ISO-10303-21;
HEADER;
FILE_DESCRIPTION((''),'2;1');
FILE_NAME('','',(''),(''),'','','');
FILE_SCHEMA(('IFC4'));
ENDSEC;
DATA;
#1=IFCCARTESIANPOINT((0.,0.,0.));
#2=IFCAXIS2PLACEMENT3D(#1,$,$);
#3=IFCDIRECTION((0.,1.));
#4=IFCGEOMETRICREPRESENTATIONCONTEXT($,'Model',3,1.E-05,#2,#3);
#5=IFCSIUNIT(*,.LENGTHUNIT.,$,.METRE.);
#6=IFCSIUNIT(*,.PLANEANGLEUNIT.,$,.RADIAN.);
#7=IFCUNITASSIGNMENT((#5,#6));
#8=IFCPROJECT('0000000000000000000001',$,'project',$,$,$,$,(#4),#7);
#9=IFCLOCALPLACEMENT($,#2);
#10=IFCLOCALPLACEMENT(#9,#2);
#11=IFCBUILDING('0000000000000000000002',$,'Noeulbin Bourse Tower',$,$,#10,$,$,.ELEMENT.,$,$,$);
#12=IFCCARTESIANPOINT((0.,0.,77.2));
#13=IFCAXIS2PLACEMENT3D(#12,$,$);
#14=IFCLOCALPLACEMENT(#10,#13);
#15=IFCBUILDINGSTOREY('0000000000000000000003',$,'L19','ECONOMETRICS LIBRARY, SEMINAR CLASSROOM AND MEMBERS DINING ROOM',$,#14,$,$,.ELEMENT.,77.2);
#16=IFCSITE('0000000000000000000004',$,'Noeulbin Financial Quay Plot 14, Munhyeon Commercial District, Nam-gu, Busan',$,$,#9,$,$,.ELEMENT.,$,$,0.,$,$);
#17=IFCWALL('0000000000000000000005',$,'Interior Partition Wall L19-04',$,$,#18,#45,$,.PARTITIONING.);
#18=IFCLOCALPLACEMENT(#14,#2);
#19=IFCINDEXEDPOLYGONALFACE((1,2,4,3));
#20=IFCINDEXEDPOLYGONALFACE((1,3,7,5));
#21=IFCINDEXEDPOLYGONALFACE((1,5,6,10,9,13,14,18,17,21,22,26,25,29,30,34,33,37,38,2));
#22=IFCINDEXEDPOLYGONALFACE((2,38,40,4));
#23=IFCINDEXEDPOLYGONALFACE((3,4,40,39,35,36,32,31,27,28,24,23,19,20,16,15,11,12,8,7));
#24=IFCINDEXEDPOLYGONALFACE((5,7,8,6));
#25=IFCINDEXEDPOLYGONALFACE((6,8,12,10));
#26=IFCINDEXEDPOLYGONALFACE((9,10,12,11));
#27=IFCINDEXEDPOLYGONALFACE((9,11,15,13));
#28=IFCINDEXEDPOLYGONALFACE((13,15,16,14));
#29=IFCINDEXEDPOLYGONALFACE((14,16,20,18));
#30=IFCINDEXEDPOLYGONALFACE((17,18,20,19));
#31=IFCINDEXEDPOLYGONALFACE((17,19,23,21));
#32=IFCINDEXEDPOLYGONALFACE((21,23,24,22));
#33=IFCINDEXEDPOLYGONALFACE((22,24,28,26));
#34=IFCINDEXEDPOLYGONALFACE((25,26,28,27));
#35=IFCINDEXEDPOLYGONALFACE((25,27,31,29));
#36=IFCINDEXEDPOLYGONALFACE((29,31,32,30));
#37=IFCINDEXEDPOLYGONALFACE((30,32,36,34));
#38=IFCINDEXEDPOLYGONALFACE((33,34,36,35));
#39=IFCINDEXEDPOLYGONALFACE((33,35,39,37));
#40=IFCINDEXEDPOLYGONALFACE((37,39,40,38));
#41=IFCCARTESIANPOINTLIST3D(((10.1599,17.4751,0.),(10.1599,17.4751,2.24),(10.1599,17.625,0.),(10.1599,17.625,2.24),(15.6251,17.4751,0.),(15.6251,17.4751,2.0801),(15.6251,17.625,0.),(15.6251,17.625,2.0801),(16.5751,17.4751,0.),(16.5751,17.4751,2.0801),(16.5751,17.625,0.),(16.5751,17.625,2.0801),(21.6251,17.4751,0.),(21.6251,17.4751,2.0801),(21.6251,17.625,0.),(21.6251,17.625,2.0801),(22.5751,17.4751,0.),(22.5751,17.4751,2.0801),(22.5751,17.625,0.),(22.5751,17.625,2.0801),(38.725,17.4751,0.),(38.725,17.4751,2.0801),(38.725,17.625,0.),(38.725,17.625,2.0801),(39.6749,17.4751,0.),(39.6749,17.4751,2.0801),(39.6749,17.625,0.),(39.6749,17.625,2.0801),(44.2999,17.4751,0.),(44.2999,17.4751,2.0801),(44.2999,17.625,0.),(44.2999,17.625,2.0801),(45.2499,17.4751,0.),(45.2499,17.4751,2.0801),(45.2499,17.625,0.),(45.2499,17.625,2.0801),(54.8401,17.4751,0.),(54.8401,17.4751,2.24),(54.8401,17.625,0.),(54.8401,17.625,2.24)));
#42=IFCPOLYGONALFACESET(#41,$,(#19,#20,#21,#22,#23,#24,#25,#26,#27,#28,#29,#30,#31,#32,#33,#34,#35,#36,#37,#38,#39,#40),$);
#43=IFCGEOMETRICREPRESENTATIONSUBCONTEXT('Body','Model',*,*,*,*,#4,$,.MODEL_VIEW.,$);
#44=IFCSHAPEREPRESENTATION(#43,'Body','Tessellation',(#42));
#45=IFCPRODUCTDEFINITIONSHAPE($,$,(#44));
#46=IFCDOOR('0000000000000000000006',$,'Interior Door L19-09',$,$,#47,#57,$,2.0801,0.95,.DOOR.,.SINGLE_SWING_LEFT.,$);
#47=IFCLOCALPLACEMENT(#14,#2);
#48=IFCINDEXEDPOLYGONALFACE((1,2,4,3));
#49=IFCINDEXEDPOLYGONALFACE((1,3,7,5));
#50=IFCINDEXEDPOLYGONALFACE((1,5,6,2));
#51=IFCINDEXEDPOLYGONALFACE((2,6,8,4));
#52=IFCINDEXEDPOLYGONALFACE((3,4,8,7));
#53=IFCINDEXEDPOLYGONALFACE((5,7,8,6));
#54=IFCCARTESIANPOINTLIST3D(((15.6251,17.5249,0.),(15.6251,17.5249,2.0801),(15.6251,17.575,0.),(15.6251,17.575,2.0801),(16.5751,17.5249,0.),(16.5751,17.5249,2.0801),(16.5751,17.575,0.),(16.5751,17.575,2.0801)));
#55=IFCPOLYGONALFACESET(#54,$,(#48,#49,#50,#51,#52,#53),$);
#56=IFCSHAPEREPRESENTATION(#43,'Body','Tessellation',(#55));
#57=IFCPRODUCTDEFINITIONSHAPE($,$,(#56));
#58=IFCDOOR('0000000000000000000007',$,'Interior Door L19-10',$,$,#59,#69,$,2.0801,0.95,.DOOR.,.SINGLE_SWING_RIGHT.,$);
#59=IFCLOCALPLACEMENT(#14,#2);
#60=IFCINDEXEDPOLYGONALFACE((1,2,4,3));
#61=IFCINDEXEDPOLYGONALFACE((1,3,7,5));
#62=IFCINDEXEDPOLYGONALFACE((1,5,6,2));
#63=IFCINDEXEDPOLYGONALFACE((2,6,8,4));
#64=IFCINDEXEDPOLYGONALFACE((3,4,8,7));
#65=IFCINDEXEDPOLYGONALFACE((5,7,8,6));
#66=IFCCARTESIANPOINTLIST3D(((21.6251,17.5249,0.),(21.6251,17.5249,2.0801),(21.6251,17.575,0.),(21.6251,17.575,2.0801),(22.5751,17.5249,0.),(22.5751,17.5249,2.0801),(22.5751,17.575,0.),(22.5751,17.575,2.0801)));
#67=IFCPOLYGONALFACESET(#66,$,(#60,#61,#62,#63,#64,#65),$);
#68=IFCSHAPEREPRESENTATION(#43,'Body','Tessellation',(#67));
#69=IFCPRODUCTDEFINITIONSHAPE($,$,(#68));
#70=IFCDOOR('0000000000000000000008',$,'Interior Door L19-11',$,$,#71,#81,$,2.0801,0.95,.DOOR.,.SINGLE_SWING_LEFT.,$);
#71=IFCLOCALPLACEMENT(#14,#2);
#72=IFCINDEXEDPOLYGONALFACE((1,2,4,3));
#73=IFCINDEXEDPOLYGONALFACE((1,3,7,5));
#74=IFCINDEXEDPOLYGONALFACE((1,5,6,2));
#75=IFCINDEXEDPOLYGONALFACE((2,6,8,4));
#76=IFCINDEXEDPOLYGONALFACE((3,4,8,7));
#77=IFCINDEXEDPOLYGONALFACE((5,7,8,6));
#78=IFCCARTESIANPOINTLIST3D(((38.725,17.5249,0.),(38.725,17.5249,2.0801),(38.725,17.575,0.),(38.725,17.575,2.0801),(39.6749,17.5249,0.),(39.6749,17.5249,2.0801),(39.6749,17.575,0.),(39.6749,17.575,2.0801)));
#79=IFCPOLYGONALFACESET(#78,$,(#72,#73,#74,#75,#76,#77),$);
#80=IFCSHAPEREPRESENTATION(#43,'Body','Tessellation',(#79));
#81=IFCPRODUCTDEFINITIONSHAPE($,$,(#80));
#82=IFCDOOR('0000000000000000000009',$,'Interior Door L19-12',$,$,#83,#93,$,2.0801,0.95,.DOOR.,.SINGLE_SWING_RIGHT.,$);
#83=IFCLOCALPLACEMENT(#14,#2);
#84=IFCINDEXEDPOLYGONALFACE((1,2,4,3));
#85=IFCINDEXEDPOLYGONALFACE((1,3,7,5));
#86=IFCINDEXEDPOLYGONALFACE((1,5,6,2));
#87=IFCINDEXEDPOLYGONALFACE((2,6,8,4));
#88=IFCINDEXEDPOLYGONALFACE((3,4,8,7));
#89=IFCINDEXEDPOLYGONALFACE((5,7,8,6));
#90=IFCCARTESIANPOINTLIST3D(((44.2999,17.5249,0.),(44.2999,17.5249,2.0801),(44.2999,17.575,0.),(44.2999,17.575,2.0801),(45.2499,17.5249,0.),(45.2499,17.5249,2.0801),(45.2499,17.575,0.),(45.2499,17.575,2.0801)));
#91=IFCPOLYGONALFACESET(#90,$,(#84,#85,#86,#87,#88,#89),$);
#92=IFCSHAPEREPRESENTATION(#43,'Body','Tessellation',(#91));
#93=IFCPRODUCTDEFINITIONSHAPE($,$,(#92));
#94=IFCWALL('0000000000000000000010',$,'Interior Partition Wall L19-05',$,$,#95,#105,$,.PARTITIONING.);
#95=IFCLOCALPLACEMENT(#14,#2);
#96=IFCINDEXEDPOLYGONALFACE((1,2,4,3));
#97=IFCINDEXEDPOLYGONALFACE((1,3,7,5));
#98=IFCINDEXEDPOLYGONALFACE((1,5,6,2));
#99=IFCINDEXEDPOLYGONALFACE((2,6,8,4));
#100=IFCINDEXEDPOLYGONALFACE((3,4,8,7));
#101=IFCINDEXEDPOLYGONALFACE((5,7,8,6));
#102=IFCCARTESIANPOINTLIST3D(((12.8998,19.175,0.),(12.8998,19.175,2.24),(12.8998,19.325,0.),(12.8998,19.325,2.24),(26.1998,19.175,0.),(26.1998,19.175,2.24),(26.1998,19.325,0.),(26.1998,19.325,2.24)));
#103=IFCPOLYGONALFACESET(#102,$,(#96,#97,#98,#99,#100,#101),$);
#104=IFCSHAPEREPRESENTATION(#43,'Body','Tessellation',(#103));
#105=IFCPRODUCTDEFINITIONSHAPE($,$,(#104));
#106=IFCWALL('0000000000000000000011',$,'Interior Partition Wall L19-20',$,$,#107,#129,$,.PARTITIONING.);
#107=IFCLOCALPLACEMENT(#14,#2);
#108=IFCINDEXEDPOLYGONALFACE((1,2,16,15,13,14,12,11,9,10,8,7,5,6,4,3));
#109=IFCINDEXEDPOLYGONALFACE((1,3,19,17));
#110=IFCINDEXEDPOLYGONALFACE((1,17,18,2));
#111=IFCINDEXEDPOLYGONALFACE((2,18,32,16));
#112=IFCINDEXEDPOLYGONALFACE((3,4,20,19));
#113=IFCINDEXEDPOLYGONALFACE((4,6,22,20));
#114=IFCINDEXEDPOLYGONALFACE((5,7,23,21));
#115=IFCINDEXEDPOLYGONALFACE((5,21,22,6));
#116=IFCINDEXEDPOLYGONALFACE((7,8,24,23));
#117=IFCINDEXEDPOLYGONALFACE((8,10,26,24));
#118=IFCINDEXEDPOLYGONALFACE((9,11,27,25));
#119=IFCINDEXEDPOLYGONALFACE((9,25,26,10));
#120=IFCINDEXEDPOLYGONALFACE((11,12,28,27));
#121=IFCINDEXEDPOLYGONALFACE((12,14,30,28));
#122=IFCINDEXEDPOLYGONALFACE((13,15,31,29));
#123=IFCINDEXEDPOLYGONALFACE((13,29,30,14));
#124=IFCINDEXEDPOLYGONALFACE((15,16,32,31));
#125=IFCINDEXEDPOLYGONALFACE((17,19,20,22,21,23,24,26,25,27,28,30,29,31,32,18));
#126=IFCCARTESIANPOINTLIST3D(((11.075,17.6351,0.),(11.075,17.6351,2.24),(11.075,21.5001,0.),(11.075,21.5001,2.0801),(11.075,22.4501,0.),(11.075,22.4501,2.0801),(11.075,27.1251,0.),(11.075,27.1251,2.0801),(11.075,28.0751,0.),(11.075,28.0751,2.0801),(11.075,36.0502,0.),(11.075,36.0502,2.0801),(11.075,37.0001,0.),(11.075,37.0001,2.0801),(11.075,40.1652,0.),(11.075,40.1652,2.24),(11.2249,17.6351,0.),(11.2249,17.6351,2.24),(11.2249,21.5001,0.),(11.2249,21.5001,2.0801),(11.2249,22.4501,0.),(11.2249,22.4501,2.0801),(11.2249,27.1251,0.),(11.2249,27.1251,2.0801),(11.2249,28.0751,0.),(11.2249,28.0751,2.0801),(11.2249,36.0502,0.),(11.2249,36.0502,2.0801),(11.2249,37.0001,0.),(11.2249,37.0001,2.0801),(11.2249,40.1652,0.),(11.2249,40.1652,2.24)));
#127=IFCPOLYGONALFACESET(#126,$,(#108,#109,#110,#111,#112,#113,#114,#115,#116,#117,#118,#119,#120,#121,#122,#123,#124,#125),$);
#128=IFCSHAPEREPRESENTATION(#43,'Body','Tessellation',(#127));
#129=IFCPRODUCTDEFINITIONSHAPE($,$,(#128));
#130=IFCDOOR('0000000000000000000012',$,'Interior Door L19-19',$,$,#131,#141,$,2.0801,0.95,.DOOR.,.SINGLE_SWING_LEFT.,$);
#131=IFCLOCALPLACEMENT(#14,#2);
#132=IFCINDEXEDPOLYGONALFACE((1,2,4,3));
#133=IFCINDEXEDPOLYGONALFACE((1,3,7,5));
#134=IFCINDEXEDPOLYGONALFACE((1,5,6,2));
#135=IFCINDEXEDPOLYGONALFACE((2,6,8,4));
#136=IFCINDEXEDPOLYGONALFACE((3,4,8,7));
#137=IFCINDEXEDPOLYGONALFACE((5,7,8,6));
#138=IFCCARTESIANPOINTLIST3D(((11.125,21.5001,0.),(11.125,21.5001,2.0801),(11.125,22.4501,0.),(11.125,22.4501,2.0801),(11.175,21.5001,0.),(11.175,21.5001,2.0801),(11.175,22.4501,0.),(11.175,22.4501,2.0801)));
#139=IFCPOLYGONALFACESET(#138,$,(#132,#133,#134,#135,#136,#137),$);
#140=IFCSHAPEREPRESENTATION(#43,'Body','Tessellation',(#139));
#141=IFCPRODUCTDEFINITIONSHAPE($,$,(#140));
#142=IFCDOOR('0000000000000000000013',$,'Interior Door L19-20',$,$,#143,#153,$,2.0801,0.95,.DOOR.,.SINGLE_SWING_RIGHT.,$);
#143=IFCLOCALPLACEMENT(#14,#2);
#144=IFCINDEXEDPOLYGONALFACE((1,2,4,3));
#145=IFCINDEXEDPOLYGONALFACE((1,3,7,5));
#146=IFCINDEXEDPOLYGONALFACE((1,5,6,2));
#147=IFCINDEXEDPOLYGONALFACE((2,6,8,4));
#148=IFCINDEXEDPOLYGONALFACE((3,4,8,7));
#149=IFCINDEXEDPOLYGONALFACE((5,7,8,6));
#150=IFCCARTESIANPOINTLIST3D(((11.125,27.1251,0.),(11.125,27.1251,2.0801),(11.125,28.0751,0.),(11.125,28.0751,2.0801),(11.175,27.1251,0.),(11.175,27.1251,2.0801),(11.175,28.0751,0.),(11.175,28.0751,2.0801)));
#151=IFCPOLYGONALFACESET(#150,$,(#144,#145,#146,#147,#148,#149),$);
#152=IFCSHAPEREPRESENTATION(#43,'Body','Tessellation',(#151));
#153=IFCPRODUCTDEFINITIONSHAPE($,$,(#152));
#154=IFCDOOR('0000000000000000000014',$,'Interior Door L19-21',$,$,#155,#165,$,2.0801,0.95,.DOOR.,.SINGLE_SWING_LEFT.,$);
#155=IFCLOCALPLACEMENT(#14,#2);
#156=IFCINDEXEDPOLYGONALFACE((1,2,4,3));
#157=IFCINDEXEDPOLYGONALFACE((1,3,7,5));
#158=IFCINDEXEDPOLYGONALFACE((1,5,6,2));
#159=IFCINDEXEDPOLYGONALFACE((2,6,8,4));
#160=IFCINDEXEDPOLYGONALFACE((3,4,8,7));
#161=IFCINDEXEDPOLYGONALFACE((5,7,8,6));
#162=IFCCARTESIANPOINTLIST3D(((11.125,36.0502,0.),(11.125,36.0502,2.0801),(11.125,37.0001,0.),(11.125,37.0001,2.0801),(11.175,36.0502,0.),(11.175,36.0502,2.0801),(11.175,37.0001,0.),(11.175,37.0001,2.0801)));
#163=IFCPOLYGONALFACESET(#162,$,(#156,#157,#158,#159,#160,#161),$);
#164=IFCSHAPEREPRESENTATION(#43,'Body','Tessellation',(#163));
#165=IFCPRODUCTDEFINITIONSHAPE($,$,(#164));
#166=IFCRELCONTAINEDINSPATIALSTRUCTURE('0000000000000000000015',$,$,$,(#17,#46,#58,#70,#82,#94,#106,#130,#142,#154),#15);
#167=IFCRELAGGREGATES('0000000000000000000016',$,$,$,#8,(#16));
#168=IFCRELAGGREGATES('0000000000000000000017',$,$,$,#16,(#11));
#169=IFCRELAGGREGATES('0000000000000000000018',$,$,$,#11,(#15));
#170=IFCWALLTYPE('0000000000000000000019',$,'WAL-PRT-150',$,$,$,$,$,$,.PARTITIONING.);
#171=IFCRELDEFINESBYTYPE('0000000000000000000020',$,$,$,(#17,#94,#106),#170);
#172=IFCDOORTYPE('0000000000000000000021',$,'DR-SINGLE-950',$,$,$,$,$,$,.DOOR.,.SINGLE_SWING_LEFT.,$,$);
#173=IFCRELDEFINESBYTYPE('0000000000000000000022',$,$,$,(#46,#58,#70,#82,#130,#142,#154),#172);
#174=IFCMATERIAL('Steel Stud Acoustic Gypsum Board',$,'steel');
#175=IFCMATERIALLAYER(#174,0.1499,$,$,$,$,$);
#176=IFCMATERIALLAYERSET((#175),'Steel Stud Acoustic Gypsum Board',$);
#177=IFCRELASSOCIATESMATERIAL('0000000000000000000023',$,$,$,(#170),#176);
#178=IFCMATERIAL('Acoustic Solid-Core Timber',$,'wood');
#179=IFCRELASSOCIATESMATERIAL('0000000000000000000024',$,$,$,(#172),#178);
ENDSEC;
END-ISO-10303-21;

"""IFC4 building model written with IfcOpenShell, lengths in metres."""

from ifc_helpers import new_model, si_unit, direction, frame, frame_2d, origin, place, context, subcontext, project, spatial, rectangle, extrude, material, layer, layer_set, type_object, element, fill, save


model = new_model("IFC4")

# Units and contexts
model_context = context("Model", 3, precision=1e-05, world=origin(), true_north=direction((0.0, 1.0)))
body_context = subcontext(model_context, "Body", "Model", "MODEL_VIEW")
ifc_project = project(units=[si_unit("LENGTHUNIT", "METRE"), si_unit("PLANEANGLEUNIT", "RADIAN")], contexts=[model_context])

# Site, building, storey
site_placement = place(None, origin())
site = spatial("IfcSite", under=ifc_project, at=site_placement, Name="Noeulbin Financial Quay Plot 14, Munhyeon Commercial District, Nam-gu, Busan", CompositionType="ELEMENT", RefElevation=0.0)
building_placement = place(site_placement, origin())
building = spatial("IfcBuilding", under=site, at=building_placement, Name="Noeulbin Bourse Tower", CompositionType="ELEMENT")
storey_placement = place(building_placement, frame((0.0, 0.0, 77.2)))
storey = spatial("IfcBuildingStorey", under=building, at=storey_placement, Name="L19", Description="ECONOMETRICS LIBRARY, SEMINAR CLASSROOM AND MEMBERS DINING ROOM", CompositionType="ELEMENT", Elevation=77.2)

# Wall, openings, doors
ifc_material_1 = material(Name="Steel Stud Acoustic Gypsum Board", Category="steel")
ifc_layer_1 = layer(ifc_material_1, 0.1499)
ifc_layer_set_1 = layer_set([ifc_layer_1], Name="Steel Stud Acoustic Gypsum Board")
wall_type = type_object("IfcWallType", Name="WAL-PRT-150", PredefinedType="PARTITIONING", material=ifc_layer_set_1)
wall_1_placement = place(storey_placement, frame((10.1599, 17.55, 0.0), z_axis=(0.0, 0.0, 1.0), x_axis=(1.0, 0.0, 0.0)))
wall_1 = element("IfcWall", 1, at=wall_1_placement, inside=storey, type_object=wall_type, Name="Interior Partition Wall L19-04", PredefinedType="PARTITIONING", context=body_context, shape_type="SweptSolid", body=[
    extrude(rectangle(XDim=44.6802, YDim=0.1499, at=frame_2d((22.3401, 0.0))), origin(), (0.0, 0.0, 1.0), 2.24),
])
opening_1_placement = place(wall_1_placement, frame((5.4651, 0.0, 0.0)))
opening_1 = element("IfcOpeningElement", 2, at=opening_1_placement, cuts=wall_1, PredefinedType="OPENING", context=body_context, shape_type="SweptSolid", body=[
    extrude(rectangle(XDim=0.95, YDim=2.0801, at=frame_2d((0.4751, 1.04))), frame((0.0, 0.085, 0.0), z_axis=(0.0, -1.0, 0.0), x_axis=(1.0, 0.0, 0.0)), (0.0, 0.0, 1.0), 0.1699),
])
opening_2_placement = place(wall_1_placement, frame((11.4651, 0.0, 0.0)))
opening_2 = element("IfcOpeningElement", 3, at=opening_2_placement, cuts=wall_1, PredefinedType="OPENING", context=body_context, shape_type="SweptSolid", body=[
    extrude(rectangle(XDim=0.95, YDim=2.0801, at=frame_2d((0.4751, 1.04))), frame((0.0, 0.085, 0.0), z_axis=(0.0, -1.0, 0.0), x_axis=(1.0, 0.0, 0.0)), (0.0, 0.0, 1.0), 0.1699),
])
opening_3_placement = place(wall_1_placement, frame((28.5649, 0.0, 0.0)))
opening_3 = element("IfcOpeningElement", 4, at=opening_3_placement, cuts=wall_1, PredefinedType="OPENING", context=body_context, shape_type="SweptSolid", body=[
    extrude(rectangle(XDim=0.95, YDim=2.0801, at=frame_2d((0.4751, 1.04))), frame((0.0, 0.085, 0.0), z_axis=(0.0, -1.0, 0.0), x_axis=(1.0, 0.0, 0.0)), (0.0, 0.0, 1.0), 0.1699),
])
opening_4_placement = place(wall_1_placement, frame((34.1399, 0.0, 0.0)))
opening_4 = element("IfcOpeningElement", 5, at=opening_4_placement, cuts=wall_1, PredefinedType="OPENING", context=body_context, shape_type="SweptSolid", body=[
    extrude(rectangle(XDim=0.95, YDim=2.0801, at=frame_2d((0.4751, 1.04))), frame((0.0, 0.085, 0.0), z_axis=(0.0, -1.0, 0.0), x_axis=(1.0, 0.0, 0.0)), (0.0, 0.0, 1.0), 0.1699),
])
ifc_material_2 = material(Name="Acoustic Solid-Core Timber", Category="wood")
door_type = type_object("IfcDoorType", Name="DR-SINGLE-950", OperationType="SINGLE_SWING_LEFT", PredefinedType="DOOR", material=ifc_material_2)
door_1_placement = place(opening_1_placement, origin())
door_1 = element("IfcDoor", 6, at=door_1_placement, inside=storey, type_object=door_type, Name="Interior Door L19-09", OperationType="SINGLE_SWING_LEFT", OverallHeight=2.0801, OverallWidth=0.95, PredefinedType="DOOR", context=body_context, shape_type="SweptSolid", body=[
    extrude(rectangle(XDim=0.95, YDim=2.0801, at=frame_2d((0.4751, 1.04))), frame((0.0, 0.0249, 0.0), z_axis=(0.0, -1.0, 0.0), x_axis=(1.0, 0.0, 0.0)), (0.0, 0.0, 1.0), 0.05),
])
fill(opening_1, door_1)
door_2_placement = place(opening_2_placement, origin())
door_2 = element("IfcDoor", 7, at=door_2_placement, inside=storey, type_object=door_type, Name="Interior Door L19-10", OperationType="SINGLE_SWING_RIGHT", OverallHeight=2.0801, OverallWidth=0.95, PredefinedType="DOOR", context=body_context, shape_type="SweptSolid", body=[
    extrude(rectangle(XDim=0.95, YDim=2.0801, at=frame_2d((0.4751, 1.04))), frame((0.0, 0.0249, 0.0), z_axis=(0.0, -1.0, 0.0), x_axis=(1.0, 0.0, 0.0)), (0.0, 0.0, 1.0), 0.05),
])
fill(opening_2, door_2)
door_3_placement = place(opening_3_placement, origin())
door_3 = element("IfcDoor", 8, at=door_3_placement, inside=storey, type_object=door_type, Name="Interior Door L19-11", OperationType="SINGLE_SWING_LEFT", OverallHeight=2.0801, OverallWidth=0.95, PredefinedType="DOOR", context=body_context, shape_type="SweptSolid", body=[
    extrude(rectangle(XDim=0.95, YDim=2.0801, at=frame_2d((0.4751, 1.04))), frame((0.0, 0.0249, 0.0), z_axis=(0.0, -1.0, 0.0), x_axis=(1.0, 0.0, 0.0)), (0.0, 0.0, 1.0), 0.05),
])
fill(opening_3, door_3)
door_4_placement = place(opening_4_placement, origin())
door_4 = element("IfcDoor", 9, at=door_4_placement, inside=storey, type_object=door_type, Name="Interior Door L19-12", OperationType="SINGLE_SWING_RIGHT", OverallHeight=2.0801, OverallWidth=0.95, PredefinedType="DOOR", context=body_context, shape_type="SweptSolid", body=[
    extrude(rectangle(XDim=0.95, YDim=2.0801, at=frame_2d((0.4751, 1.04))), frame((0.0, 0.0249, 0.0), z_axis=(0.0, -1.0, 0.0), x_axis=(1.0, 0.0, 0.0)), (0.0, 0.0, 1.0), 0.05),
])
fill(opening_4, door_4)

# Wall
wall_2_placement = place(storey_placement, frame((12.8999, 19.25, 0.0), z_axis=(0.0, 0.0, 1.0), x_axis=(1.0, 0.0, 0.0)))
element("IfcWall", 10, at=wall_2_placement, inside=storey, type_object=wall_type, Name="Interior Partition Wall L19-05", PredefinedType="PARTITIONING", context=body_context, shape_type="SweptSolid", body=[
    extrude(rectangle(XDim=13.3, YDim=0.1499, at=frame_2d((6.6499, 0.0))), origin(), (0.0, 0.0, 1.0), 2.24),
])

# Wall, openings, doors
wall_3_placement = place(storey_placement, frame((11.1499, 17.635, 0.0), z_axis=(0.0, 0.0, 1.0), x_axis=(0.0, 1.0, 0.0)))
wall_3 = element("IfcWall", 11, at=wall_3_placement, inside=storey, type_object=wall_type, Name="Interior Partition Wall L19-20", PredefinedType="PARTITIONING", context=body_context, shape_type="SweptSolid", body=[
    extrude(rectangle(XDim=22.53, YDim=0.1499, at=frame_2d((11.2651, 0.0))), origin(), (0.0, 0.0, 1.0), 2.24),
])
opening_5_placement = place(wall_3_placement, frame((3.865, 0.0, 0.0)))
opening_5 = element("IfcOpeningElement", 12, at=opening_5_placement, cuts=wall_3, PredefinedType="OPENING", context=body_context, shape_type="SweptSolid", body=[
    extrude(rectangle(XDim=0.95, YDim=2.0801, at=frame_2d((0.4751, 1.04))), frame((0.0, 0.085, 0.0), z_axis=(0.0, -1.0, 0.0), x_axis=(1.0, 0.0, 0.0)), (0.0, 0.0, 1.0), 0.1699),
])
opening_6_placement = place(wall_3_placement, frame((9.49, 0.0, 0.0)))
opening_6 = element("IfcOpeningElement", 13, at=opening_6_placement, cuts=wall_3, PredefinedType="OPENING", context=body_context, shape_type="SweptSolid", body=[
    extrude(rectangle(XDim=0.95, YDim=2.0801, at=frame_2d((0.4751, 1.04))), frame((0.0, 0.085, 0.0), z_axis=(0.0, -1.0, 0.0), x_axis=(1.0, 0.0, 0.0)), (0.0, 0.0, 1.0), 0.1699),
])
opening_7_placement = place(wall_3_placement, frame((18.415, 0.0, 0.0)))
opening_7 = element("IfcOpeningElement", 14, at=opening_7_placement, cuts=wall_3, PredefinedType="OPENING", context=body_context, shape_type="SweptSolid", body=[
    extrude(rectangle(XDim=0.95, YDim=2.0801, at=frame_2d((0.4751, 1.04))), frame((0.0, 0.085, 0.0), z_axis=(0.0, -1.0, 0.0), x_axis=(1.0, 0.0, 0.0)), (0.0, 0.0, 1.0), 0.1699),
])
door_5_placement = place(opening_5_placement, origin())
door_5 = element("IfcDoor", 15, at=door_5_placement, inside=storey, type_object=door_type, Name="Interior Door L19-19", OperationType="SINGLE_SWING_LEFT", OverallHeight=2.0801, OverallWidth=0.95, PredefinedType="DOOR", context=body_context, shape_type="SweptSolid", body=[
    extrude(rectangle(XDim=0.95, YDim=2.0801, at=frame_2d((0.4751, 1.04))), frame((0.0, 0.0249, 0.0), z_axis=(0.0, -1.0, 0.0), x_axis=(1.0, 0.0, 0.0)), (0.0, 0.0, 1.0), 0.05),
])
fill(opening_5, door_5)
door_6_placement = place(opening_6_placement, origin())
door_6 = element("IfcDoor", 16, at=door_6_placement, inside=storey, type_object=door_type, Name="Interior Door L19-20", OperationType="SINGLE_SWING_RIGHT", OverallHeight=2.0801, OverallWidth=0.95, PredefinedType="DOOR", context=body_context, shape_type="SweptSolid", body=[
    extrude(rectangle(XDim=0.95, YDim=2.0801, at=frame_2d((0.4751, 1.04))), frame((0.0, 0.0249, 0.0), z_axis=(0.0, -1.0, 0.0), x_axis=(1.0, 0.0, 0.0)), (0.0, 0.0, 1.0), 0.05),
])
fill(opening_6, door_6)
door_7_placement = place(opening_7_placement, origin())
door_7 = element("IfcDoor", 17, at=door_7_placement, inside=storey, type_object=door_type, Name="Interior Door L19-21", OperationType="SINGLE_SWING_LEFT", OverallHeight=2.0801, OverallWidth=0.95, PredefinedType="DOOR", context=body_context, shape_type="SweptSolid", body=[
    extrude(rectangle(XDim=0.95, YDim=2.0801, at=frame_2d((0.4751, 1.04))), frame((0.0, 0.0249, 0.0), z_axis=(0.0, -1.0, 0.0), x_axis=(1.0, 0.0, 0.0)), (0.0, 0.0, 1.0), 0.05),
])
fill(opening_7, door_7)

save(model, "model.ifc")
